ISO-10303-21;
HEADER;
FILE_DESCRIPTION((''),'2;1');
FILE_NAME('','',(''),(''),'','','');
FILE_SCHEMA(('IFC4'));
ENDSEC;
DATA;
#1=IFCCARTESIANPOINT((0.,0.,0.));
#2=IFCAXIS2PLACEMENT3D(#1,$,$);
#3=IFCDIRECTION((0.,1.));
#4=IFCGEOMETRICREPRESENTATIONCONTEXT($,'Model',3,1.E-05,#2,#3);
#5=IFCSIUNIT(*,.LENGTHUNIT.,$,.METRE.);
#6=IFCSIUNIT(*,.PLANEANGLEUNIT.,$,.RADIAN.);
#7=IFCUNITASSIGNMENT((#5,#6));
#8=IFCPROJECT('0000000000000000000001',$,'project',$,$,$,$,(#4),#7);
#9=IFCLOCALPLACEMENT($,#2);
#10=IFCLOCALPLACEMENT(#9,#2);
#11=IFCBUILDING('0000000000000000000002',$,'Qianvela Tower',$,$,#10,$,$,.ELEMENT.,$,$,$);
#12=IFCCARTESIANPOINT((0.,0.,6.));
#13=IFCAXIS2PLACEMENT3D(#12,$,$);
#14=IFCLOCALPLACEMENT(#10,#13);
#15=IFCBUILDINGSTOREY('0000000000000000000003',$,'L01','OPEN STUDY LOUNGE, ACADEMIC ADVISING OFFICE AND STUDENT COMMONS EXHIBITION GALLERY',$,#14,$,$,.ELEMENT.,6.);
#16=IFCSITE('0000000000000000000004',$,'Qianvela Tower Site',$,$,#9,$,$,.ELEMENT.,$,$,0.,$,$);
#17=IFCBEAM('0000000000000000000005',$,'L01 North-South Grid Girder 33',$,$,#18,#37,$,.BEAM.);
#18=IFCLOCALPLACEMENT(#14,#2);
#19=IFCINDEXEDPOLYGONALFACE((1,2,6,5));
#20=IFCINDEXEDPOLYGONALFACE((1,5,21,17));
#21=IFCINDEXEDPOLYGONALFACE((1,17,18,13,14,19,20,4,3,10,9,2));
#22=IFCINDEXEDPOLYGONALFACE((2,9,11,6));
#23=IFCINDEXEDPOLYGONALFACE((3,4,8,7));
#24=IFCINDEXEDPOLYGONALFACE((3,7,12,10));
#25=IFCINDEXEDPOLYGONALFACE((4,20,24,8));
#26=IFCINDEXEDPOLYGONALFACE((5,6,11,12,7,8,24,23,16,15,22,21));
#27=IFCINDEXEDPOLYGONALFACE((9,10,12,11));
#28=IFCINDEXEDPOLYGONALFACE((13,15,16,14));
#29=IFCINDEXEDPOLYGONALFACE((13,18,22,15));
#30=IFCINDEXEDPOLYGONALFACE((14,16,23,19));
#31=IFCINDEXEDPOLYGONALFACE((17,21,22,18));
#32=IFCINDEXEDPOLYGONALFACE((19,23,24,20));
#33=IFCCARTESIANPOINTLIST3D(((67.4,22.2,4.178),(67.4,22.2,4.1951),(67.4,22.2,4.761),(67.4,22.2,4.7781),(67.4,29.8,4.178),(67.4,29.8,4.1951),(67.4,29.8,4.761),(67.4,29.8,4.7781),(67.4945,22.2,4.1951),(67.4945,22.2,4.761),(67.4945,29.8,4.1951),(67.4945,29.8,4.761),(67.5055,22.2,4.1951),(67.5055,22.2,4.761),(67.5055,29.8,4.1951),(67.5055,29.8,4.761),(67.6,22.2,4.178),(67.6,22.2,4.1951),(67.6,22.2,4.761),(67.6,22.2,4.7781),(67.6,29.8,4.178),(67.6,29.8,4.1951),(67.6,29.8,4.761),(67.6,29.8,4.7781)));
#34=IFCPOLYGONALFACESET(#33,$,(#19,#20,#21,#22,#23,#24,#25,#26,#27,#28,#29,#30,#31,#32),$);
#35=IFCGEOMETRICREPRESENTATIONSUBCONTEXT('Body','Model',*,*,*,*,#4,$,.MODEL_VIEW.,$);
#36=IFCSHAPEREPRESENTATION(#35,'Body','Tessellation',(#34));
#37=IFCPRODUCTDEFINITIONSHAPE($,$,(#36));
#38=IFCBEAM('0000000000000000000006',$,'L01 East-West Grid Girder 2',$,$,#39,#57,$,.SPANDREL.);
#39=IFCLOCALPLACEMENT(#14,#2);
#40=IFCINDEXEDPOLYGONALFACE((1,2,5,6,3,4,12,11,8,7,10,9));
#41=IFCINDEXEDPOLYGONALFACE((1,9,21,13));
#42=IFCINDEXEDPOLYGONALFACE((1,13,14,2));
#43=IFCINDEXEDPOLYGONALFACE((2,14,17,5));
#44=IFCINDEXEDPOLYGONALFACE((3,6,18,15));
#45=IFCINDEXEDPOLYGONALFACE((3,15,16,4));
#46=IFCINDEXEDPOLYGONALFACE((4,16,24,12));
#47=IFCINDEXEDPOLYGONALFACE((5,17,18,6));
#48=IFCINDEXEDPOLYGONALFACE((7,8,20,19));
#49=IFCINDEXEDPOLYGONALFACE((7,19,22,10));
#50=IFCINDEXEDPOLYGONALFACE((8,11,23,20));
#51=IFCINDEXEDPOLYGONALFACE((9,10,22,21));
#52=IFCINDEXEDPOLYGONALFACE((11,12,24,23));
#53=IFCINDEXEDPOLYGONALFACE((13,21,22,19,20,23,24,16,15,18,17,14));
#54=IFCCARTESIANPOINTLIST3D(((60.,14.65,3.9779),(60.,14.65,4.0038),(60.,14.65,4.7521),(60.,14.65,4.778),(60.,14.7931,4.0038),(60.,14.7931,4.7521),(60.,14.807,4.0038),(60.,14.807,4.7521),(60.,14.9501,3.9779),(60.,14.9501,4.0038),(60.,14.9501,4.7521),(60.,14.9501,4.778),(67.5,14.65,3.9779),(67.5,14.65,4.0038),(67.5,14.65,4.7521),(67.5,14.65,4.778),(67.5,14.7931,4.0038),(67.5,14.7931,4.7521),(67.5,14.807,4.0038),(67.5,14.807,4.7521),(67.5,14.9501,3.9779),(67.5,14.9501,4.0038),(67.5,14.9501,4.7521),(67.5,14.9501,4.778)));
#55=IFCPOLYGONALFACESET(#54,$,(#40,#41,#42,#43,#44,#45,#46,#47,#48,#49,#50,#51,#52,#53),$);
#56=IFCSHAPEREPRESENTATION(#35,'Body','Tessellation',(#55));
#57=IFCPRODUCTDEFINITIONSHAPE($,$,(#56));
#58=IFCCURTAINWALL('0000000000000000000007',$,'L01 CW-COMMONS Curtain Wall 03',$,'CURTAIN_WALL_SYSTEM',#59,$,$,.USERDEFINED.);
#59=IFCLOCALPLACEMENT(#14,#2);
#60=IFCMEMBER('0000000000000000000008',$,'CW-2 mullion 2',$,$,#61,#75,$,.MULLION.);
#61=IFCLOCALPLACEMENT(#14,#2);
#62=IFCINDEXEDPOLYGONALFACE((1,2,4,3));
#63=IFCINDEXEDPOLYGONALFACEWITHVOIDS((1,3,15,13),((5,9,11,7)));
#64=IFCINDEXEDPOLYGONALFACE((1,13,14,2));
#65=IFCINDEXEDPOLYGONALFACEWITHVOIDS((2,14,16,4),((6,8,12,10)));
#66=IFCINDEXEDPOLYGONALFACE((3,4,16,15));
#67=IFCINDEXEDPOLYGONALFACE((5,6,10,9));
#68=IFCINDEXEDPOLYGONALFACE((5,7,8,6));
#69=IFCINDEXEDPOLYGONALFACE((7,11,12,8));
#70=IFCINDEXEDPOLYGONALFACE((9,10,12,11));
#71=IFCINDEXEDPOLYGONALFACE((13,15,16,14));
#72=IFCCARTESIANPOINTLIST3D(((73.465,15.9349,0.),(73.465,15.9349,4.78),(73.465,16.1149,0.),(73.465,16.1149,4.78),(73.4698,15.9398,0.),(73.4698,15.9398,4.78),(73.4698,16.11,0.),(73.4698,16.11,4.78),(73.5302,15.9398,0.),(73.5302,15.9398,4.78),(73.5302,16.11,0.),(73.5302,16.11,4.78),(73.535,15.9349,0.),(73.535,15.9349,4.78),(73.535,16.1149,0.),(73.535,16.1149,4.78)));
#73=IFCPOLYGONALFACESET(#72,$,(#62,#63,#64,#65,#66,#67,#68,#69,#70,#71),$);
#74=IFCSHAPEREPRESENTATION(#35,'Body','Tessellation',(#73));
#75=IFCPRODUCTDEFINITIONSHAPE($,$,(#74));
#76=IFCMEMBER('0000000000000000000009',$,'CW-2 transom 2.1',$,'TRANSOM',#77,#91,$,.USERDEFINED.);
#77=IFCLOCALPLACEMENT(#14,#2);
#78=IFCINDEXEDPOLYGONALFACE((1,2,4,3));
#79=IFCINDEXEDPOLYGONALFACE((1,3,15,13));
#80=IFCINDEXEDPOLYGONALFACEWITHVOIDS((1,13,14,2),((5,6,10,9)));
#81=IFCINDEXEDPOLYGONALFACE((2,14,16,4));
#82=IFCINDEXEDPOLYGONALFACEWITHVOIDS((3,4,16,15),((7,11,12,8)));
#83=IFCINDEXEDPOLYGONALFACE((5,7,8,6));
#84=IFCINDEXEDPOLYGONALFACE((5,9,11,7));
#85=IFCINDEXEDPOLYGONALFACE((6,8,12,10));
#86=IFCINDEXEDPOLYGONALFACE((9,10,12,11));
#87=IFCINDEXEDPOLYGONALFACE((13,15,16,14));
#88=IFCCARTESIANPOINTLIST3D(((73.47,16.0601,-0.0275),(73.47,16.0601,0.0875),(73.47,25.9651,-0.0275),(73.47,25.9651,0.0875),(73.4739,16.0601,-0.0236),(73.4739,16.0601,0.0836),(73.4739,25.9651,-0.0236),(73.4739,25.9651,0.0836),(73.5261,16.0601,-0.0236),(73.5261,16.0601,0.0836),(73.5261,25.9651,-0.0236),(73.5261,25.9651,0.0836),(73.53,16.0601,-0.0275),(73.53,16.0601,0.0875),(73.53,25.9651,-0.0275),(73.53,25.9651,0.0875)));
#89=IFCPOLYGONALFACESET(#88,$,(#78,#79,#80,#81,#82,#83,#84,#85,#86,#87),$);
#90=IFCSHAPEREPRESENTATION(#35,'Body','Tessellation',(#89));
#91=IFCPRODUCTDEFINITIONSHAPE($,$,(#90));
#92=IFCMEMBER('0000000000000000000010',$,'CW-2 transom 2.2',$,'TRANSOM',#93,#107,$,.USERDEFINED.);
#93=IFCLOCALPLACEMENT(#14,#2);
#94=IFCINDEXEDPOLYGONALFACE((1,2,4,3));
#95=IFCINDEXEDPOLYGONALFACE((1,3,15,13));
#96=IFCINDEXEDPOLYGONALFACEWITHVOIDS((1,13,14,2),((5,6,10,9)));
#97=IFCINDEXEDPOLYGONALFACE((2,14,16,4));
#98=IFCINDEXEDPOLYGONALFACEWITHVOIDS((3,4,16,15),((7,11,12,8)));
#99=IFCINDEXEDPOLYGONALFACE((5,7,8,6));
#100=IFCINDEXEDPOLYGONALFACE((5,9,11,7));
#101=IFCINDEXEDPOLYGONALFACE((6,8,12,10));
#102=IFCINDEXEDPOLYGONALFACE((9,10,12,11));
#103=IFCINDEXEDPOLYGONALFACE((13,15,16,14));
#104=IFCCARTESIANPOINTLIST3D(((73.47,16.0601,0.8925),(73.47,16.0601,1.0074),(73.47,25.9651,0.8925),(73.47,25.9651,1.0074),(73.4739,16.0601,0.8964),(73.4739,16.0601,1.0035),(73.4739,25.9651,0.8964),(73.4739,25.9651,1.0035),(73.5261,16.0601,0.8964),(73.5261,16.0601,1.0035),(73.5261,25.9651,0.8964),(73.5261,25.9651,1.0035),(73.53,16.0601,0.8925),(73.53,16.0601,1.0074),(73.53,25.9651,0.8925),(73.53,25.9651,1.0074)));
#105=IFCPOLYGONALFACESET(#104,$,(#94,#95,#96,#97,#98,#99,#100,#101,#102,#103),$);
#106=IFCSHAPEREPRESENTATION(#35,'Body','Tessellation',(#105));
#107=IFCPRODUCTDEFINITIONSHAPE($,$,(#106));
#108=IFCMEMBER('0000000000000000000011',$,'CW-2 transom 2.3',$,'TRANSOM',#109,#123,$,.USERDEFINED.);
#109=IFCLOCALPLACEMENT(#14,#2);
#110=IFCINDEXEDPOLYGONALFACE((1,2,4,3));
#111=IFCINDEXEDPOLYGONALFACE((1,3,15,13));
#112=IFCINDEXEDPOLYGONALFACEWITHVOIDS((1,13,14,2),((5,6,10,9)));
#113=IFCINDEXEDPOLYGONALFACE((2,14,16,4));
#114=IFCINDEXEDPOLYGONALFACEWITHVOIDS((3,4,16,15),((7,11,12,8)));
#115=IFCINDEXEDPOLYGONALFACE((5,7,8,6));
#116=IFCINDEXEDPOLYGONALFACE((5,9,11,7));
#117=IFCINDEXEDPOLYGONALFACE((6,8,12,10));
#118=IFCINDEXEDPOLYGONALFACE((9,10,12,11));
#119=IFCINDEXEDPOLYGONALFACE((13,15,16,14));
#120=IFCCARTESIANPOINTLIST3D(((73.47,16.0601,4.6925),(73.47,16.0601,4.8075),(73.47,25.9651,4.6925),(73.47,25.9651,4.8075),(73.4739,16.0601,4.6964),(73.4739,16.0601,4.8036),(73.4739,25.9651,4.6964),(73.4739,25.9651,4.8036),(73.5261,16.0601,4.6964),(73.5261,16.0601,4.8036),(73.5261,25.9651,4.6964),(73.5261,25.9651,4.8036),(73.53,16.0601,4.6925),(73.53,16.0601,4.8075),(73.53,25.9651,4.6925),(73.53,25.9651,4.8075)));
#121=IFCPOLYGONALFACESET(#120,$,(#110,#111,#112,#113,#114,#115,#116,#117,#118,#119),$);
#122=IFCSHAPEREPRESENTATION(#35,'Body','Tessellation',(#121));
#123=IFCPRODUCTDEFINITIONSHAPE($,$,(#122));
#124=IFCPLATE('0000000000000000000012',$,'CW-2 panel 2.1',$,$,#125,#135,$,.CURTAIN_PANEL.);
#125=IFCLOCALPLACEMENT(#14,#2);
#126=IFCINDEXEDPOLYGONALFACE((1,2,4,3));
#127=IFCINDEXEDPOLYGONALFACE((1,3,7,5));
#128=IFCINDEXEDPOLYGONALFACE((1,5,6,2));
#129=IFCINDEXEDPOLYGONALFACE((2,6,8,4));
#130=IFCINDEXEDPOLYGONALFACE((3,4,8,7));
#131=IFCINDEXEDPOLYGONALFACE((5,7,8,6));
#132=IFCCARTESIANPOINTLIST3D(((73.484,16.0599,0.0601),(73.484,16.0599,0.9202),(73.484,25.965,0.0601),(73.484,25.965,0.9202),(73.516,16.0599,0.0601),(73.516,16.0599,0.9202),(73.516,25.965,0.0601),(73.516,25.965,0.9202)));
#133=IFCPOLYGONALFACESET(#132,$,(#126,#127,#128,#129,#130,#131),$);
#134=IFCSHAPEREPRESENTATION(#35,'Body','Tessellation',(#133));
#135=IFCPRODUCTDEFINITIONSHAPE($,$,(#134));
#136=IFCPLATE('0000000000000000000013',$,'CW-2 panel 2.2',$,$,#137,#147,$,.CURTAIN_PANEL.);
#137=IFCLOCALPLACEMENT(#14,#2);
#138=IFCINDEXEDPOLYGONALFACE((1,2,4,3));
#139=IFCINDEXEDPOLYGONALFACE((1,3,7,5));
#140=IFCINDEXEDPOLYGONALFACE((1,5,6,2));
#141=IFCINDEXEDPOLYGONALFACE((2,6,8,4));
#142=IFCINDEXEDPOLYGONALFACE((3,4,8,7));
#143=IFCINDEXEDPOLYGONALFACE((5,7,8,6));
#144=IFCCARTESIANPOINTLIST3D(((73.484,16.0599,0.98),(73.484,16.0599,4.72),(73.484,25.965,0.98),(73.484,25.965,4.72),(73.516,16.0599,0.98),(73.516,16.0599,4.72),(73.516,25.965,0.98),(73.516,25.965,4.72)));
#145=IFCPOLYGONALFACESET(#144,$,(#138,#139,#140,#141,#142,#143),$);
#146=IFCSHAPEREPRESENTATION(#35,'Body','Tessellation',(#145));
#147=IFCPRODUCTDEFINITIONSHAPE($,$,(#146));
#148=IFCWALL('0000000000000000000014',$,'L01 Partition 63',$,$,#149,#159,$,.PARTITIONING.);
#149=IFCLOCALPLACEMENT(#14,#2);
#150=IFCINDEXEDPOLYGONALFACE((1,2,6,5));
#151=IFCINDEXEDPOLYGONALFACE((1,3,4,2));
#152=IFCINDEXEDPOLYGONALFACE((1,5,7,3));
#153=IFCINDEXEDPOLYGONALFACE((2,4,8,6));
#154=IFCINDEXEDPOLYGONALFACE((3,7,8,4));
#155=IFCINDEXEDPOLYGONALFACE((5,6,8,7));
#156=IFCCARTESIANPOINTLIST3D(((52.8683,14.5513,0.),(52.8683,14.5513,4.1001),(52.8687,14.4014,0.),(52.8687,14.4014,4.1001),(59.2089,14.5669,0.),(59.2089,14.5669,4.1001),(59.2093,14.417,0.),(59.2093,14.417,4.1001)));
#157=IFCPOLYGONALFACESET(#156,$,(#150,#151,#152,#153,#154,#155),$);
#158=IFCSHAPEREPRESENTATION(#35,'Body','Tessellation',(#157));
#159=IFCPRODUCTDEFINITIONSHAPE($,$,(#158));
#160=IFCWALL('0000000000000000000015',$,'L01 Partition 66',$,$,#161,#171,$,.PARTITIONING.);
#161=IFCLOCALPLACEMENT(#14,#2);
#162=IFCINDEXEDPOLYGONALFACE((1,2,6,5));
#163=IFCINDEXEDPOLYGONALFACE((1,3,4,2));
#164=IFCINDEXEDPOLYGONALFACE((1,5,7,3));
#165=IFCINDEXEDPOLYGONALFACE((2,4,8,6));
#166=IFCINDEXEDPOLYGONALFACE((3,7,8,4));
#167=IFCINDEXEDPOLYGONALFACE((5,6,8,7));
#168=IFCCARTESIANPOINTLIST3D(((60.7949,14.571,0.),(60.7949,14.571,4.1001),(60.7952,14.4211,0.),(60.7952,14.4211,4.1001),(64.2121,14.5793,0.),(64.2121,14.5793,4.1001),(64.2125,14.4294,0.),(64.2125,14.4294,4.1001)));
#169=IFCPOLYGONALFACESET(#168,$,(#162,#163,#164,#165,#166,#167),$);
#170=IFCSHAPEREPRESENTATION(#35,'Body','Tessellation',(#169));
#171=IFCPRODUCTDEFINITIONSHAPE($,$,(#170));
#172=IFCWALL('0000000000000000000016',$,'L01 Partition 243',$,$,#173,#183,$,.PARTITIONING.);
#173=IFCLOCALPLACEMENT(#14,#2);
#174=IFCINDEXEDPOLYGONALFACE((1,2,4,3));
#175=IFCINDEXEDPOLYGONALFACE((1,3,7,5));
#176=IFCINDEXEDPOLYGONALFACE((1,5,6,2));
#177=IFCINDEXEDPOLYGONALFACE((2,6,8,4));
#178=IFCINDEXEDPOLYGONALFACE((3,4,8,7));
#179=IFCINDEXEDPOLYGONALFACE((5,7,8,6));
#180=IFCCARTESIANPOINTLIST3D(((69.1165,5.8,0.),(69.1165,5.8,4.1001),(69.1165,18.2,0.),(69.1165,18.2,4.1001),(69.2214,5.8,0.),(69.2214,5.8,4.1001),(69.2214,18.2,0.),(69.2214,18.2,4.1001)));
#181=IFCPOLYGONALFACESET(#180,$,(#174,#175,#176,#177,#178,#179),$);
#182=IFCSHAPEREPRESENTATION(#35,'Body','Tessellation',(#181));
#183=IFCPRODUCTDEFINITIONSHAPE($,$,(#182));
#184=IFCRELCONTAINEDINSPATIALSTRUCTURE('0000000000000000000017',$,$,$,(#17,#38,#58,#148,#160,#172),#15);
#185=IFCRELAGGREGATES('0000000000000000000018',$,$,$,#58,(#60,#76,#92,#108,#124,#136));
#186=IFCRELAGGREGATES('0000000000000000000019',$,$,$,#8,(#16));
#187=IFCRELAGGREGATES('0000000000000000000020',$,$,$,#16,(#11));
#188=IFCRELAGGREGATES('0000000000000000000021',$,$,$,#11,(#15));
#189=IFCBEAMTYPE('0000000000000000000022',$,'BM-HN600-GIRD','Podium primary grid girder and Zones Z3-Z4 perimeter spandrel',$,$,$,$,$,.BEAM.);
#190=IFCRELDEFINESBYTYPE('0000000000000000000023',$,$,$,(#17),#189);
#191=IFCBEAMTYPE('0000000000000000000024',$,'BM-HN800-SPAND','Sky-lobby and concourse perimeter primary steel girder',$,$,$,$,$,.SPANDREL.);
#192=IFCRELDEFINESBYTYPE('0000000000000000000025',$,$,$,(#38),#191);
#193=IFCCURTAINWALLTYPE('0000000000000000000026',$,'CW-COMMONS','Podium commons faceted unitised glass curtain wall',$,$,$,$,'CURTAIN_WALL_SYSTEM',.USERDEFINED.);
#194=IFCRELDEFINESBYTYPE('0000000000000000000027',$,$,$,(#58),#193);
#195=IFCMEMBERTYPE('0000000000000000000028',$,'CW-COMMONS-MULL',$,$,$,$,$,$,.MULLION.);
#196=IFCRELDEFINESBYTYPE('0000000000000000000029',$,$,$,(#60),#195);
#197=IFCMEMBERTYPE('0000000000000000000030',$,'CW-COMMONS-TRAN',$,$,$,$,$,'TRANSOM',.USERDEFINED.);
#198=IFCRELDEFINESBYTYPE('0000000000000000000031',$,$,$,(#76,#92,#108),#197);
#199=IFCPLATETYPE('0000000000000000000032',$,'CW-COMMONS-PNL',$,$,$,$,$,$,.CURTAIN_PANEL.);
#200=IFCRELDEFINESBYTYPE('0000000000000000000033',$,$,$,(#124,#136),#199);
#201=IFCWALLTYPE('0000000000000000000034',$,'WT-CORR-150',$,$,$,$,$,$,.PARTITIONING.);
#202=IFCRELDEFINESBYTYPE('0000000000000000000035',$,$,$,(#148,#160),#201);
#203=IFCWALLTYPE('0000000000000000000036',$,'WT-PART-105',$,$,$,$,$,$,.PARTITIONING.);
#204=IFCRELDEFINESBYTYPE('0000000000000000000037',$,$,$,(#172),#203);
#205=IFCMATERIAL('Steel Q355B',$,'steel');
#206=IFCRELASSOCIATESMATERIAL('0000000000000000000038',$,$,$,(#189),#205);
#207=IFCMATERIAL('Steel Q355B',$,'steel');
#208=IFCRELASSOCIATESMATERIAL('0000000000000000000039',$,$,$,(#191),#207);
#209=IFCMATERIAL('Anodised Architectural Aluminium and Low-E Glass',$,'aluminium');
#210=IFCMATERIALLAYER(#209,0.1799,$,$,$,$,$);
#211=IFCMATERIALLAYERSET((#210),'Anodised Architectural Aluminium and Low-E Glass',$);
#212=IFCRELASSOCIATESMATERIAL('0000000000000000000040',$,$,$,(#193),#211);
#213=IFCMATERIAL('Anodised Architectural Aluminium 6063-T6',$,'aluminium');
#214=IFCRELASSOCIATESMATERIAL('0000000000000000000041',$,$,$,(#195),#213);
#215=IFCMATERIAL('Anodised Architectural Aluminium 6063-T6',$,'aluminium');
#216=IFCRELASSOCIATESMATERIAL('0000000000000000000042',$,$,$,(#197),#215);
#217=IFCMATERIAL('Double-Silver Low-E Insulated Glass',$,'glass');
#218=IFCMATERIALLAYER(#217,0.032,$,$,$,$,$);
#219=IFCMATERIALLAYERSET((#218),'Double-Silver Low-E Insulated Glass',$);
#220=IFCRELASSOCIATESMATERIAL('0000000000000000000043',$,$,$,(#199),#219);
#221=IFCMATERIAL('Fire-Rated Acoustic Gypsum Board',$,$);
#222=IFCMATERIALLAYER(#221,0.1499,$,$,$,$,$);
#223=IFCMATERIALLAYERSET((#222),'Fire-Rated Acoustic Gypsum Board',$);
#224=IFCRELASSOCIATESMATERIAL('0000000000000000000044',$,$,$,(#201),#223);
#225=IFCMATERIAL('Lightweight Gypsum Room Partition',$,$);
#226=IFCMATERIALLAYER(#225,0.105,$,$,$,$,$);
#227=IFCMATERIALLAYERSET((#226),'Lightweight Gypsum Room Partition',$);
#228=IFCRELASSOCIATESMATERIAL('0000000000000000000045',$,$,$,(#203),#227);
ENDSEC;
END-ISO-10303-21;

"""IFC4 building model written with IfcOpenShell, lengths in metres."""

from ifc_helpers import new_model, si_unit, direction, frame, frame_2d, origin, origin_2d, place, context, subcontext, project, spatial, rectangle, hollow_rectangle, i_section, extrude, material, layer, layer_set, material_profile, profile_set, type_object, element, aggregate, save


model = new_model("IFC4")

# Units and contexts
model_context = context("Model", 3, precision=1e-05, world=origin(), true_north=direction((0.0, 1.0)))
body_context = subcontext(model_context, "Body", "Model", "MODEL_VIEW")
ifc_project = project(units=[si_unit("LENGTHUNIT", "METRE"), si_unit("PLANEANGLEUNIT", "RADIAN")], contexts=[model_context])

# Site, building, storey
site_placement = place(None, origin())
site = spatial("IfcSite", under=ifc_project, at=site_placement, Name="Qianvela Tower Site", CompositionType="ELEMENT", RefElevation=0.0)
building_placement = place(site_placement, origin())
building = spatial("IfcBuilding", under=site, at=building_placement, Name="Qianvela Tower", CompositionType="ELEMENT")
storey_placement = place(building_placement, frame((0.0, 0.0, 6.0)))
storey = spatial("IfcBuildingStorey", under=building, at=storey_placement, Name="L01", Description="OPEN STUDY LOUNGE, ACADEMIC ADVISING OFFICE AND STUDENT COMMONS EXHIBITION GALLERY", CompositionType="ELEMENT", Elevation=6.0)

# Beams
ifc_material_1 = material(Name="Steel Q355B", Category="steel")
ifc_material_profile_1 = material_profile(ifc_material_1, i_section(OverallWidth=0.2, OverallDepth=0.6001, WebThickness=0.011, FlangeThickness=0.0171, at=origin_2d()), Name="HN600x200x11x17")
ifc_profile_set_1 = profile_set([ifc_material_profile_1], Name="Steel Q355B")
beam_type_1 = type_object("IfcBeamType", Name="BM-HN600-GIRD", Description="Podium primary grid girder and Zones Z3-Z4 perimeter spandrel", PredefinedType="BEAM", material=ifc_profile_set_1)
beam_1_placement = place(storey_placement, frame((67.5, 22.2, 4.478), z_axis=(0.0, 1.0, 0.0), x_axis=(-1.0, 0.0, 0.0)))
element("IfcBeam", 1, at=beam_1_placement, inside=storey, type_object=beam_type_1, Name="L01 North-South Grid Girder 33", PredefinedType="BEAM", context=body_context, shape_type="SweptSolid", body=[
    extrude(i_section(OverallWidth=0.2, OverallDepth=0.6001, WebThickness=0.011, FlangeThickness=0.0171, at=origin_2d()), origin(), (0.0, 0.0, 1.0), 7.6001),
])
ifc_material_2 = material(Name="Steel Q355B", Category="steel")
ifc_material_profile_2 = material_profile(ifc_material_2, i_section(OverallWidth=0.3, OverallDepth=0.8, WebThickness=0.0139, FlangeThickness=0.0259, at=origin_2d()), Name="HN800x300x14x26")
ifc_profile_set_2 = profile_set([ifc_material_profile_2], Name="Steel Q355B")
beam_type_2 = type_object("IfcBeamType", Name="BM-HN800-SPAND", Description="Sky-lobby and concourse perimeter primary steel girder", PredefinedType="SPANDREL", material=ifc_profile_set_2)
beam_2_placement = place(storey_placement, frame((60.0, 14.8, 4.3779), z_axis=(1.0, 0.0, 0.0), x_axis=(0.0, 1.0, 0.0)))
element("IfcBeam", 2, at=beam_2_placement, inside=storey, type_object=beam_type_2, Name="L01 East-West Grid Girder 2", PredefinedType="SPANDREL", context=body_context, shape_type="SweptSolid", body=[
    extrude(i_section(OverallWidth=0.3, OverallDepth=0.8, WebThickness=0.0139, FlangeThickness=0.0259, at=origin_2d()), origin(), (0.0, 0.0, 1.0), 7.5),
])

# Curtain wall, members, plates
ifc_material_3 = material(Name="Anodised Architectural Aluminium and Low-E Glass", Category="aluminium")
ifc_layer_1 = layer(ifc_material_3, 0.1799)
ifc_layer_set_1 = layer_set([ifc_layer_1], Name="Anodised Architectural Aluminium and Low-E Glass")
curtain_wall_type = type_object("IfcCurtainWallType", Name="CW-COMMONS", Description="Podium commons faceted unitised glass curtain wall", ElementType="CURTAIN_WALL_SYSTEM", PredefinedType="USERDEFINED", material=ifc_layer_set_1)
curtain_wall_placement = place(storey_placement, origin())
curtain_wall = element("IfcCurtainWall", 3, at=curtain_wall_placement, inside=storey, type_object=curtain_wall_type, Name="L01 CW-COMMONS Curtain Wall 03", ObjectType="CURTAIN_WALL_SYSTEM", PredefinedType="USERDEFINED")
ifc_material_4 = material(Name="Anodised Architectural Aluminium 6063-T6", Category="aluminium")
ifc_material_profile_3 = material_profile(ifc_material_4, hollow_rectangle(XDim=0.0701, YDim=0.1799, WallThickness=0.0049, at=origin_2d()), Name="ALU-MULL-70x180")
ifc_profile_set_3 = profile_set([ifc_material_profile_3], Name="Anodised Architectural Aluminium 6063-T6")
member_type_1 = type_object("IfcMemberType", Name="CW-COMMONS-MULL", PredefinedType="MULLION", material=ifc_profile_set_3)
member_1_placement = place(storey_placement, frame((73.5, 16.0249, 0.0), z_axis=(0.0, 0.0, 1.0), x_axis=(-1.0, 0.0, 0.0)))
member_1 = element("IfcMember", 4, at=member_1_placement, type_object=member_type_1, Name="CW-2 mullion 2", PredefinedType="MULLION", context=body_context, shape_type="SweptSolid", body=[
    extrude(hollow_rectangle(XDim=0.0701, YDim=0.1799, WallThickness=0.0049, at=origin_2d()), origin(), (0.0, 0.0, 1.0), 4.78),
])
ifc_material_5 = material(Name="Anodised Architectural Aluminium 6063-T6", Category="aluminium")
ifc_material_profile_4 = material_profile(ifc_material_5, hollow_rectangle(XDim=0.0601, YDim=0.115, WallThickness=0.0039, at=origin_2d()), Name="ALU-TRAN-60x115")
ifc_profile_set_4 = profile_set([ifc_material_profile_4], Name="Anodised Architectural Aluminium 6063-T6")
member_type_2 = type_object("IfcMemberType", Name="CW-COMMONS-TRAN", ElementType="TRANSOM", PredefinedType="USERDEFINED", material=ifc_profile_set_4)
member_2_placement = place(storey_placement, frame((73.5, 16.0601, 0.03), z_axis=(0.0, 1.0, 0.0), x_axis=(-1.0, 0.0, 0.0)))
member_2 = element("IfcMember", 5, at=member_2_placement, type_object=member_type_2, Name="CW-2 transom 2.1", ObjectType="TRANSOM", PredefinedType="USERDEFINED", context=body_context, shape_type="SweptSolid", body=[
    extrude(hollow_rectangle(XDim=0.0601, YDim=0.115, WallThickness=0.0039, at=origin_2d()), origin(), (0.0, 0.0, 1.0), 9.905),
])
member_3_placement = place(storey_placement, frame((73.5, 16.0601, 0.95), z_axis=(0.0, 1.0, 0.0), x_axis=(-1.0, 0.0, 0.0)))
member_3 = element("IfcMember", 6, at=member_3_placement, type_object=member_type_2, Name="CW-2 transom 2.2", ObjectType="TRANSOM", PredefinedType="USERDEFINED", context=body_context, shape_type="SweptSolid", body=[
    extrude(hollow_rectangle(XDim=0.0601, YDim=0.115, WallThickness=0.0039, at=origin_2d()), origin(), (0.0, 0.0, 1.0), 9.905),
])
member_4_placement = place(storey_placement, frame((73.5, 16.0601, 4.75), z_axis=(0.0, 1.0, 0.0), x_axis=(-1.0, 0.0, 0.0)))
member_4 = element("IfcMember", 7, at=member_4_placement, type_object=member_type_2, Name="CW-2 transom 2.3", ObjectType="TRANSOM", PredefinedType="USERDEFINED", context=body_context, shape_type="SweptSolid", body=[
    extrude(hollow_rectangle(XDim=0.0601, YDim=0.115, WallThickness=0.0039, at=origin_2d()), origin(), (0.0, 0.0, 1.0), 9.905),
])
ifc_material_6 = material(Name="Double-Silver Low-E Insulated Glass", Category="glass")
ifc_layer_2 = layer(ifc_material_6, 0.032)
ifc_layer_set_2 = layer_set([ifc_layer_2], Name="Double-Silver Low-E Insulated Glass")
plate_type = type_object("IfcPlateType", Name="CW-COMMONS-PNL", PredefinedType="CURTAIN_PANEL", material=ifc_layer_set_2)
plate_1_placement = place(storey_placement, frame((73.5, 21.0125, 0.0601), z_axis=(0.0, 0.0, 1.0), x_axis=(0.0, 1.0, 0.0)))
plate_1 = element("IfcPlate", 8, at=plate_1_placement, type_object=plate_type, Name="CW-2 panel 2.1", PredefinedType="CURTAIN_PANEL", context=body_context, shape_type="SweptSolid", body=[
    extrude(rectangle(XDim=9.905, YDim=0.032, at=origin_2d()), origin(), (0.0, 0.0, 1.0), 0.8601),
])
plate_2_placement = place(storey_placement, frame((73.5, 21.0125, 0.98), z_axis=(0.0, 0.0, 1.0), x_axis=(0.0, 1.0, 0.0)))
plate_2 = element("IfcPlate", 9, at=plate_2_placement, type_object=plate_type, Name="CW-2 panel 2.2", PredefinedType="CURTAIN_PANEL", context=body_context, shape_type="SweptSolid", body=[
    extrude(rectangle(XDim=9.905, YDim=0.032, at=origin_2d()), origin(), (0.0, 0.0, 1.0), 3.74),
])
aggregate(curtain_wall, [member_1, member_2, member_3, member_4, plate_1, plate_2])

# Walls
ifc_material_7 = material(Name="Fire-Rated Acoustic Gypsum Board")
ifc_layer_3 = layer(ifc_material_7, 0.1499)
ifc_layer_set_3 = layer_set([ifc_layer_3], Name="Fire-Rated Acoustic Gypsum Board")
wall_type_1 = type_object("IfcWallType", Name="WT-CORR-150", PredefinedType="PARTITIONING", material=ifc_layer_set_3)
wall_1_placement = place(storey_placement, frame((52.8684, 14.4763, 0.0), z_axis=(0.0, 0.0, 1.0), x_axis=(0.999997, 0.002464, 0.0)))
element("IfcWall", 10, at=wall_1_placement, inside=storey, type_object=wall_type_1, Name="L01 Partition 63", PredefinedType="PARTITIONING", context=body_context, shape_type="SweptSolid", body=[
    extrude(rectangle(XDim=6.3406, YDim=0.1499, at=frame_2d((3.1704, 0.0))), origin(), (0.0, 0.0, 1.0), 4.1001),
])
wall_2_placement = place(storey_placement, frame((60.7952, 14.4961, 0.0), z_axis=(0.0, 0.0, 1.0), x_axis=(0.999997, 0.002429, 0.0)))
element("IfcWall", 11, at=wall_2_placement, inside=storey, type_object=wall_type_1, Name="L01 Partition 66", PredefinedType="PARTITIONING", context=body_context, shape_type="SweptSolid", body=[
    extrude(rectangle(XDim=3.4172, YDim=0.1499, at=frame_2d((1.7085, 0.0))), origin(), (0.0, 0.0, 1.0), 4.1001),
])
ifc_material_8 = material(Name="Lightweight Gypsum Room Partition")
ifc_layer_4 = layer(ifc_material_8, 0.105)
ifc_layer_set_4 = layer_set([ifc_layer_4], Name="Lightweight Gypsum Room Partition")
wall_type_2 = type_object("IfcWallType", Name="WT-PART-105", PredefinedType="PARTITIONING", material=ifc_layer_set_4)
wall_3_placement = place(storey_placement, frame((69.1689, 18.2, 0.0), z_axis=(0.0, 0.0, 1.0), x_axis=(0.0, -1.0, 0.0)))
element("IfcWall", 12, at=wall_3_placement, inside=storey, type_object=wall_type_2, Name="L01 Partition 243", PredefinedType="PARTITIONING", context=body_context, shape_type="SweptSolid", body=[
    extrude(rectangle(XDim=12.3999, YDim=0.105, at=frame_2d((6.2, 0.0))), origin(), (0.0, 0.0, 1.0), 4.1001),
])

save(model, "model.ifc")
